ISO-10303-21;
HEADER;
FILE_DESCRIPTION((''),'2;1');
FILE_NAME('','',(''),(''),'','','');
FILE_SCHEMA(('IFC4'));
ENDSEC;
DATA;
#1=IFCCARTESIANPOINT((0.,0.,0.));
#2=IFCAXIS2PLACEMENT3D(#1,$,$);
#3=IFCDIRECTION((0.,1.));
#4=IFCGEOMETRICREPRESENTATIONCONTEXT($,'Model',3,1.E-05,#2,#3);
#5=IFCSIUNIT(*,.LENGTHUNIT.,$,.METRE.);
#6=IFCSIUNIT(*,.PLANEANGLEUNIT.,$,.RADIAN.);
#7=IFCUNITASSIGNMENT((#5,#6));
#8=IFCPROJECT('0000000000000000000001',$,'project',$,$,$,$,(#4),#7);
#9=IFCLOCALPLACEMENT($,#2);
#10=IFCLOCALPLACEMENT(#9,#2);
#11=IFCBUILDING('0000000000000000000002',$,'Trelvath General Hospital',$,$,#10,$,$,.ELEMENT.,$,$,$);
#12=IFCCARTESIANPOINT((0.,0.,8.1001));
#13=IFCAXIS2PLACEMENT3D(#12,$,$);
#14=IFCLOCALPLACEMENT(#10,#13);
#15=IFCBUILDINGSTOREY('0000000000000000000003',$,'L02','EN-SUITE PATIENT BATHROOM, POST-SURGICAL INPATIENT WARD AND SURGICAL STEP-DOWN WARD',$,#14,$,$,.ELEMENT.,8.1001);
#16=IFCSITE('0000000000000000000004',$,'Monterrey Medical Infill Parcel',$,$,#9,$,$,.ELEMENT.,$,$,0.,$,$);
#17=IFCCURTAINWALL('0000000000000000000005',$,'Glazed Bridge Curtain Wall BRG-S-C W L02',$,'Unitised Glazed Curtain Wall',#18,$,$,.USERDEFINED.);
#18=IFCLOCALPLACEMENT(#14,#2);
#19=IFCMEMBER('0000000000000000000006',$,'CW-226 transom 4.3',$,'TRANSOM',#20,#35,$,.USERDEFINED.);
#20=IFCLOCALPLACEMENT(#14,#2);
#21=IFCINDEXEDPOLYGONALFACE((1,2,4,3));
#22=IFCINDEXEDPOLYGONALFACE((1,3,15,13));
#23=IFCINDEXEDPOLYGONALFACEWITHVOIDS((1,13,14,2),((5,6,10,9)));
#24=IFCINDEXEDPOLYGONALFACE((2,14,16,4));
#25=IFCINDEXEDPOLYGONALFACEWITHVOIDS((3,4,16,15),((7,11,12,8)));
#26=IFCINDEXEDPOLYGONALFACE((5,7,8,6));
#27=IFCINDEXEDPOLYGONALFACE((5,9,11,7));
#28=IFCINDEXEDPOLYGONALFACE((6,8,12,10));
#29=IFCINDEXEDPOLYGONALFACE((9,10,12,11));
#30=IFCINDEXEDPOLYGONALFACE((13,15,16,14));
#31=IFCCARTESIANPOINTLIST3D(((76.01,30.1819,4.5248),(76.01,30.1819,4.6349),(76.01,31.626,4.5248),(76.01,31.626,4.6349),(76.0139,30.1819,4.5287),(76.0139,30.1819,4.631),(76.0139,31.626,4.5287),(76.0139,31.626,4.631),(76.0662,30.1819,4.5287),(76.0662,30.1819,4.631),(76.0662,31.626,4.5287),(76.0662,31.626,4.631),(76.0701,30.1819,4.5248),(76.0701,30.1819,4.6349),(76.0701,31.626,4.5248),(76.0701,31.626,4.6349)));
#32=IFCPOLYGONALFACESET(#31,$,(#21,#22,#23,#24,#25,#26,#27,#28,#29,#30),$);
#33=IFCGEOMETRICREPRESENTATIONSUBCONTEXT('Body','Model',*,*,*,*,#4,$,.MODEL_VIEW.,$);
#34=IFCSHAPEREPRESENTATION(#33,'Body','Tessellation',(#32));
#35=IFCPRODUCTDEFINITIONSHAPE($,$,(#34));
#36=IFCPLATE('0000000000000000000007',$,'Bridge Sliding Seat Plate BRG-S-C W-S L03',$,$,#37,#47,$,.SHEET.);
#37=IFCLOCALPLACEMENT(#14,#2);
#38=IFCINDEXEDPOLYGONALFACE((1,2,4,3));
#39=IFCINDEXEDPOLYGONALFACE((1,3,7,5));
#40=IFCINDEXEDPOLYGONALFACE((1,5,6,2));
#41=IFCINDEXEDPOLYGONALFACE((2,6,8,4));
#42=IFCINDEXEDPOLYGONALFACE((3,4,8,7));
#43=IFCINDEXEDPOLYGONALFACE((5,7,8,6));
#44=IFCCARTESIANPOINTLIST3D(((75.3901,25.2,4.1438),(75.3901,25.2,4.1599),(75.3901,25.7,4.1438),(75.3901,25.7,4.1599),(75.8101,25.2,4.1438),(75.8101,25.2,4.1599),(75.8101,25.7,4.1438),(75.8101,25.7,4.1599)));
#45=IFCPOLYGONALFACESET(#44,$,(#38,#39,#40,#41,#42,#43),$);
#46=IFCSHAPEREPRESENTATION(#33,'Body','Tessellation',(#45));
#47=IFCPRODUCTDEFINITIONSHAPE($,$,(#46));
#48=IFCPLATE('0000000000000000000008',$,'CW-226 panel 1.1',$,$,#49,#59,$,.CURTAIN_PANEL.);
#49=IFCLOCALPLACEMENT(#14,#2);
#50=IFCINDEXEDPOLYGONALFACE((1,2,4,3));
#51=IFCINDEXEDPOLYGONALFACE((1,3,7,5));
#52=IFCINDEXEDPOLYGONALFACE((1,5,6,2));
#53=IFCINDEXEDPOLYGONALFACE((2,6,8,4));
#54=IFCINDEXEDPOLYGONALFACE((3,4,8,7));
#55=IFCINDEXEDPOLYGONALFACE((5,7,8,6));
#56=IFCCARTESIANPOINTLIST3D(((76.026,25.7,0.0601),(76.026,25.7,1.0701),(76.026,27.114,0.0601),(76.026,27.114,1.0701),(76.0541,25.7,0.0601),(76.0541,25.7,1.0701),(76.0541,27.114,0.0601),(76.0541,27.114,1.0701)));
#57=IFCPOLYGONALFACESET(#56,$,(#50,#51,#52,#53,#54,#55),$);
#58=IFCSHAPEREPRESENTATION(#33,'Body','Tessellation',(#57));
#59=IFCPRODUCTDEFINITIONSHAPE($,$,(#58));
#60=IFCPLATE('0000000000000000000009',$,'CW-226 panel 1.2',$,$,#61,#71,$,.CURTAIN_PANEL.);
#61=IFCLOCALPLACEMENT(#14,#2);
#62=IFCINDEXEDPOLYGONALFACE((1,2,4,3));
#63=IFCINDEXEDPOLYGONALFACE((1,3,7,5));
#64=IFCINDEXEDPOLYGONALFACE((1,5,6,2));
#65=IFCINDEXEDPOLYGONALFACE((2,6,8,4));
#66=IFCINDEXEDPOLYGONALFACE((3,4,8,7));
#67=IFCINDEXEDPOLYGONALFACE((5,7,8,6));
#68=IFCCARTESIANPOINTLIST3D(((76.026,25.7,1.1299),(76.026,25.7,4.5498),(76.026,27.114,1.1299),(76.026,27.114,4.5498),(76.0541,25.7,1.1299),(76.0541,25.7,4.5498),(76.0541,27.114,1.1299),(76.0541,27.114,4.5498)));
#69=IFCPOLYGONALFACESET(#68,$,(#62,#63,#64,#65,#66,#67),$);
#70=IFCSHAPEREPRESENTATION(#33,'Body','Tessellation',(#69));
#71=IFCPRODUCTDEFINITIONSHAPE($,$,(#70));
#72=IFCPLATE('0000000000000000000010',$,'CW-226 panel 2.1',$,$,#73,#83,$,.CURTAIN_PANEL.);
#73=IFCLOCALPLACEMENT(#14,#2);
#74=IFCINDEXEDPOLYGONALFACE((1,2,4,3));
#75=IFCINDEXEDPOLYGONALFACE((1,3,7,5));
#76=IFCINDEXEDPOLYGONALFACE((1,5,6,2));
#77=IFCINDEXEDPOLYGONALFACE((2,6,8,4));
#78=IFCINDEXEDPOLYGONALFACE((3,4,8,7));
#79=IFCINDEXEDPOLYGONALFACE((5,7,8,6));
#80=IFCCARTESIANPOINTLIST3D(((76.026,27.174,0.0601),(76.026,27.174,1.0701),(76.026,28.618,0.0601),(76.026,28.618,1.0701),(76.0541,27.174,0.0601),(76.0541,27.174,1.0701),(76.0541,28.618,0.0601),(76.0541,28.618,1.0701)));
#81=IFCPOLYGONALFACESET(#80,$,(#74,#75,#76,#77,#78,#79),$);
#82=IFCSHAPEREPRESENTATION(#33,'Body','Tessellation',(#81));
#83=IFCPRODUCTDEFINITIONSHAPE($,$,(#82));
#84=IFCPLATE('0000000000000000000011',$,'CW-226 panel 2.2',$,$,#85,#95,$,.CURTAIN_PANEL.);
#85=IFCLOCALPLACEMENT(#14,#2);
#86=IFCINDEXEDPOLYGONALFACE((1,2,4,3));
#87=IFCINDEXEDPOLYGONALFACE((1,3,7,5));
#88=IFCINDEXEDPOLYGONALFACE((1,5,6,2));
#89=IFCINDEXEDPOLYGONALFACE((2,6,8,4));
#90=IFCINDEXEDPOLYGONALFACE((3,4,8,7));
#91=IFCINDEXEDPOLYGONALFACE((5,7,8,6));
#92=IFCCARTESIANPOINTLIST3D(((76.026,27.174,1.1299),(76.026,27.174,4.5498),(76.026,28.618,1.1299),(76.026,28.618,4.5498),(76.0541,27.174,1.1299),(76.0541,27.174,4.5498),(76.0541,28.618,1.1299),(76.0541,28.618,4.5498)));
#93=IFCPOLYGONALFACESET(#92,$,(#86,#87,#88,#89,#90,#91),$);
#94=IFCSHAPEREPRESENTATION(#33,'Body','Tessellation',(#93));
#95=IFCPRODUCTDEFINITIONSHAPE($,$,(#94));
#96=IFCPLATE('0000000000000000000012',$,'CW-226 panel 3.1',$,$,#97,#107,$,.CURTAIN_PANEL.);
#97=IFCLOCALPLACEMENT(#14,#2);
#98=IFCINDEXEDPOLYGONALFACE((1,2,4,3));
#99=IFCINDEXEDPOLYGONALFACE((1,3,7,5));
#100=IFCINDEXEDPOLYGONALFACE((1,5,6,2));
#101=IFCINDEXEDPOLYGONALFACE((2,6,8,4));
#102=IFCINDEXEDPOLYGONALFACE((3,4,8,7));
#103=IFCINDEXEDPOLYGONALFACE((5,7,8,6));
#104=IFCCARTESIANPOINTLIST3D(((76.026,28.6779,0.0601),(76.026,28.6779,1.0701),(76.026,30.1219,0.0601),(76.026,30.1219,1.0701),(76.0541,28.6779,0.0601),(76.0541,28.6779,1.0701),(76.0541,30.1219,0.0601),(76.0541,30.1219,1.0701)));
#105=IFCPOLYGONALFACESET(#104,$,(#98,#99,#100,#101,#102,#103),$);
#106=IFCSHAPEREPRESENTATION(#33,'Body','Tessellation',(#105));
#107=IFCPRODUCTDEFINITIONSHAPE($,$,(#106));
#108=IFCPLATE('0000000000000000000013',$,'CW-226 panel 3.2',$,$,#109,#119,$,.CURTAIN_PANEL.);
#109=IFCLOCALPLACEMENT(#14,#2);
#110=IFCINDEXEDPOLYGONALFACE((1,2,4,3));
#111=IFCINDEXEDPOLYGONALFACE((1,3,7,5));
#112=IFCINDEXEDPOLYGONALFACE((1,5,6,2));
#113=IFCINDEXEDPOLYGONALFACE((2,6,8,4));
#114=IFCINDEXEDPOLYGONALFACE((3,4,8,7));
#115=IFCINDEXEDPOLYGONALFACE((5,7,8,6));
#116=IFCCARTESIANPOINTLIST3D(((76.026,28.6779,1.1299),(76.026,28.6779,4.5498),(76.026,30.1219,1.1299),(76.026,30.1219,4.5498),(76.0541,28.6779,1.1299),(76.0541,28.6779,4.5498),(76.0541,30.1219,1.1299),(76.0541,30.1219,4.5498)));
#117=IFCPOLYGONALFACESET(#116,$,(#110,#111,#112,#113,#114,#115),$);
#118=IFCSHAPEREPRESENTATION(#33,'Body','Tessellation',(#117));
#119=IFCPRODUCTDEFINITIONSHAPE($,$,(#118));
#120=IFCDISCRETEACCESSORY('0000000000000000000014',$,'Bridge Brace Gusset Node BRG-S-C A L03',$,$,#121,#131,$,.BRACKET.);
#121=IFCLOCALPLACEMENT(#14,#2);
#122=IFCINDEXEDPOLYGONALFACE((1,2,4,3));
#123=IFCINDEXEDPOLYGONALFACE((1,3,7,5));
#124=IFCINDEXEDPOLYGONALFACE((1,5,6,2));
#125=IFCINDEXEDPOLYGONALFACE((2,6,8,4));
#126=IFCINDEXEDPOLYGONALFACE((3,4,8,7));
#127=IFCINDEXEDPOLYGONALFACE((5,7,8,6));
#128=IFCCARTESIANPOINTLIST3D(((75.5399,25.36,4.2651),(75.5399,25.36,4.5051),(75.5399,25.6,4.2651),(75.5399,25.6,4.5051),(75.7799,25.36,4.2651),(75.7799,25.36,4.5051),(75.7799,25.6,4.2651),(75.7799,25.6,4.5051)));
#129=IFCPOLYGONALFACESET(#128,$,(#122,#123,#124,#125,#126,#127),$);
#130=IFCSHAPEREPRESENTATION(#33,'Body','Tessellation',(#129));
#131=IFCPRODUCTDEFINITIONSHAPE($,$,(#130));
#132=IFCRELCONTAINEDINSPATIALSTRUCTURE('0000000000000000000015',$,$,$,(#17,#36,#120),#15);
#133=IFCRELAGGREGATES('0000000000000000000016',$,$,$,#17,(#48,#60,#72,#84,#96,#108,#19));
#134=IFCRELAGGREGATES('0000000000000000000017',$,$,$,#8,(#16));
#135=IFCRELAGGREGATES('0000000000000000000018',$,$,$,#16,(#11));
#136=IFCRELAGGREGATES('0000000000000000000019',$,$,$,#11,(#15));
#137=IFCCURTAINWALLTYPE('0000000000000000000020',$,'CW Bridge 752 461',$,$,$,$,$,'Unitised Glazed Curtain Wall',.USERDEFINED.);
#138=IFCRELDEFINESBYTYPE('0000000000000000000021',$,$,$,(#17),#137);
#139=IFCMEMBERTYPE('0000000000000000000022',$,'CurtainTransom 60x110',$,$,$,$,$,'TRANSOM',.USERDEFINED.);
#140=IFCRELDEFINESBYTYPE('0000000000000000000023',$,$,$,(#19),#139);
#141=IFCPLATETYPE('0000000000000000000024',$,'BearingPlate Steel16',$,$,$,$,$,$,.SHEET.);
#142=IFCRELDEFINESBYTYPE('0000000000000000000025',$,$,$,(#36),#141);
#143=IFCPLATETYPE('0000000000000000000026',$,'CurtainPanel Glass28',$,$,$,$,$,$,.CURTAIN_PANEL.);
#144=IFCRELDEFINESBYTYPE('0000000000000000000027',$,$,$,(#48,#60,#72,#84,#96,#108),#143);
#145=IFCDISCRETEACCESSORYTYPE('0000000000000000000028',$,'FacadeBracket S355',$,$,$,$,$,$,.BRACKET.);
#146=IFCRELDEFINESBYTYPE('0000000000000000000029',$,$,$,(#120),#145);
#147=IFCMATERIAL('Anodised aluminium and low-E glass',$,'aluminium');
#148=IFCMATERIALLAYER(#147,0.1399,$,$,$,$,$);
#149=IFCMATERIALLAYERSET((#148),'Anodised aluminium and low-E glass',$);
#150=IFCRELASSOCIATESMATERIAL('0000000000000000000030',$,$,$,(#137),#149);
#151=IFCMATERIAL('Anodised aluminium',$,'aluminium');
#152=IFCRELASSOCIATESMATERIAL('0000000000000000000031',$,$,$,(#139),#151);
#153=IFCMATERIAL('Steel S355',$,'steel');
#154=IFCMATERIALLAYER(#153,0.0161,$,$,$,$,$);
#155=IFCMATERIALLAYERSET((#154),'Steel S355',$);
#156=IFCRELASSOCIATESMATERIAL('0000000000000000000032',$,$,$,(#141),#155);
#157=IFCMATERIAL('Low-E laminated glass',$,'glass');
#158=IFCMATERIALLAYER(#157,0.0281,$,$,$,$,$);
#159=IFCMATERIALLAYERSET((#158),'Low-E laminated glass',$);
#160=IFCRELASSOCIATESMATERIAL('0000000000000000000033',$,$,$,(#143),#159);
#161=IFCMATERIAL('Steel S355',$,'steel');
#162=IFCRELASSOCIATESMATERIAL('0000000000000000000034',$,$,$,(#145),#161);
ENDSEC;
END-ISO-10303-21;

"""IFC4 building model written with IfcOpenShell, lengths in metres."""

from ifc_helpers import new_model, si_unit, direction, frame, origin, origin_2d, place, context, subcontext, project, spatial, rectangle, hollow_rectangle, extrude, material, layer, layer_set, material_profile, profile_set, type_object, element, aggregate, save


model = new_model("IFC4")

# Units and contexts
model_context = context("Model", 3, precision=1e-05, world=origin(), true_north=direction((0.0, 1.0)))
body_context = subcontext(model_context, "Body", "Model", "MODEL_VIEW")
ifc_project = project(units=[si_unit("LENGTHUNIT", "METRE"), si_unit("PLANEANGLEUNIT", "RADIAN")], contexts=[model_context])

# Site, building, storey
site_placement = place(None, origin())
site = spatial("IfcSite", under=ifc_project, at=site_placement, Name="Monterrey Medical Infill Parcel", CompositionType="ELEMENT", RefElevation=0.0)
building_placement = place(site_placement, origin())
building = spatial("IfcBuilding", under=site, at=building_placement, Name="Trelvath General Hospital", CompositionType="ELEMENT")
storey_placement = place(building_placement, frame((0.0, 0.0, 8.1001)))
storey = spatial("IfcBuildingStorey", under=building, at=storey_placement, Name="L02", Description="EN-SUITE PATIENT BATHROOM, POST-SURGICAL INPATIENT WARD AND SURGICAL STEP-DOWN WARD", CompositionType="ELEMENT", Elevation=8.1001)

# Curtain wall, member
ifc_material_1 = material(Name="Anodised aluminium and low-E glass", Category="aluminium")
ifc_layer_1 = layer(ifc_material_1, 0.1399)
ifc_layer_set_1 = layer_set([ifc_layer_1], Name="Anodised aluminium and low-E glass")
curtain_wall_type = type_object("IfcCurtainWallType", Name="CW Bridge 752 461", ElementType="Unitised Glazed Curtain Wall", PredefinedType="USERDEFINED", material=ifc_layer_set_1)
curtain_wall_placement = place(storey_placement, origin())
curtain_wall = element("IfcCurtainWall", 1, at=curtain_wall_placement, inside=storey, type_object=curtain_wall_type, Name="Glazed Bridge Curtain Wall BRG-S-C W L02", ObjectType="Unitised Glazed Curtain Wall", PredefinedType="USERDEFINED")
ifc_material_2 = material(Name="Anodised aluminium", Category="aluminium")
ifc_material_profile_1 = material_profile(ifc_material_2, hollow_rectangle(XDim=0.0601, YDim=0.1101, WallThickness=0.0039, at=origin_2d()), Name="RHS60x110x4")
ifc_profile_set_1 = profile_set([ifc_material_profile_1], Name="Anodised aluminium")
member_type_1 = type_object("IfcMemberType", Name="CurtainTransom 60x110", ElementType="TRANSOM", PredefinedType="USERDEFINED", material=ifc_profile_set_1)
member_1_placement = place(storey_placement, frame((76.04, 30.1819, 4.5798), z_axis=(0.0, 1.0, 0.0), x_axis=(-1.0, 0.0, 0.0)))
member_1 = element("IfcMember", 2, at=member_1_placement, type_object=member_type_1, Name="CW-226 transom 4.3", ObjectType="TRANSOM", PredefinedType="USERDEFINED", context=body_context, shape_type="SweptSolid", body=[
    extrude(hollow_rectangle(XDim=0.0601, YDim=0.1101, WallThickness=0.0039, at=origin_2d()), origin(), (0.0, 0.0, 1.0), 1.4441),
])

# Plates
ifc_material_3 = material(Name="Steel S355", Category="steel")
ifc_layer_2 = layer(ifc_material_3, 0.0161)
ifc_layer_set_2 = layer_set([ifc_layer_2], Name="Steel S355")
plate_type_1 = type_object("IfcPlateType", Name="BearingPlate Steel16", PredefinedType="SHEET", material=ifc_layer_set_2)
plate_1_placement = place(storey_placement, frame((75.6001, 25.45, 4.1438), z_axis=(0.0, 0.0, 1.0), x_axis=(1.0, 0.0, 0.0)))
element("IfcPlate", 3, at=plate_1_placement, inside=storey, type_object=plate_type_1, Name="Bridge Sliding Seat Plate BRG-S-C W-S L03", PredefinedType="SHEET", context=body_context, shape_type="SweptSolid", body=[
    extrude(rectangle(XDim=0.4199, YDim=0.5, at=origin_2d()), origin(), (0.0, 0.0, 1.0), 0.0161),
])
ifc_material_4 = material(Name="Low-E laminated glass", Category="glass")
ifc_layer_3 = layer(ifc_material_4, 0.0281)
ifc_layer_set_3 = layer_set([ifc_layer_3], Name="Low-E laminated glass")
plate_type_2 = type_object("IfcPlateType", Name="CurtainPanel Glass28", PredefinedType="CURTAIN_PANEL", material=ifc_layer_set_3)
plate_2_placement = place(storey_placement, frame((76.04, 26.407, 0.0601), z_axis=(0.0, 0.0, 1.0), x_axis=(0.0, 1.0, 0.0)))
plate_2 = element("IfcPlate", 4, at=plate_2_placement, type_object=plate_type_2, Name="CW-226 panel 1.1", PredefinedType="CURTAIN_PANEL", context=body_context, shape_type="SweptSolid", body=[
    extrude(rectangle(XDim=1.4141, YDim=0.0281, at=origin_2d()), origin(), (0.0, 0.0, 1.0), 1.01),
])
plate_3_placement = place(storey_placement, frame((76.04, 26.407, 1.1299), z_axis=(0.0, 0.0, 1.0), x_axis=(0.0, 1.0, 0.0)))
plate_3 = element("IfcPlate", 5, at=plate_3_placement, type_object=plate_type_2, Name="CW-226 panel 1.2", PredefinedType="CURTAIN_PANEL", context=body_context, shape_type="SweptSolid", body=[
    extrude(rectangle(XDim=1.4141, YDim=0.0281, at=origin_2d()), origin(), (0.0, 0.0, 1.0), 3.4199),
])
plate_4_placement = place(storey_placement, frame((76.04, 27.896, 0.0601), z_axis=(0.0, 0.0, 1.0), x_axis=(0.0, 1.0, 0.0)))
plate_4 = element("IfcPlate", 6, at=plate_4_placement, type_object=plate_type_2, Name="CW-226 panel 2.1", PredefinedType="CURTAIN_PANEL", context=body_context, shape_type="SweptSolid", body=[
    extrude(rectangle(XDim=1.4441, YDim=0.0281, at=origin_2d()), origin(), (0.0, 0.0, 1.0), 1.01),
])
plate_5_placement = place(storey_placement, frame((76.04, 27.896, 1.1299), z_axis=(0.0, 0.0, 1.0), x_axis=(0.0, 1.0, 0.0)))
plate_5 = element("IfcPlate", 7, at=plate_5_placement, type_object=plate_type_2, Name="CW-226 panel 2.2", PredefinedType="CURTAIN_PANEL", context=body_context, shape_type="SweptSolid", body=[
    extrude(rectangle(XDim=1.4441, YDim=0.0281, at=origin_2d()), origin(), (0.0, 0.0, 1.0), 3.4199),
])
plate_6_placement = place(storey_placement, frame((76.04, 29.3999, 0.0601), z_axis=(0.0, 0.0, 1.0), x_axis=(0.0, 1.0, 0.0)))
plate_6 = element("IfcPlate", 8, at=plate_6_placement, type_object=plate_type_2, Name="CW-226 panel 3.1", PredefinedType="CURTAIN_PANEL", context=body_context, shape_type="SweptSolid", body=[
    extrude(rectangle(XDim=1.4441, YDim=0.0281, at=origin_2d()), origin(), (0.0, 0.0, 1.0), 1.01),
])
plate_7_placement = place(storey_placement, frame((76.04, 29.3999, 1.1299), z_axis=(0.0, 0.0, 1.0), x_axis=(0.0, 1.0, 0.0)))
plate_7 = element("IfcPlate", 9, at=plate_7_placement, type_object=plate_type_2, Name="CW-226 panel 3.2", PredefinedType="CURTAIN_PANEL", context=body_context, shape_type="SweptSolid", body=[
    extrude(rectangle(XDim=1.4441, YDim=0.0281, at=origin_2d()), origin(), (0.0, 0.0, 1.0), 3.4199),
])
aggregate(curtain_wall, [plate_2, plate_3, plate_4, plate_5, plate_6, plate_7, member_1])

# Discrete accessory
ifc_material_5 = material(Name="Steel S355", Category="steel")
discrete_accessory_type = type_object("IfcDiscreteAccessoryType", Name="FacadeBracket S355", PredefinedType="BRACKET", material=ifc_material_5)
discrete_accessory_placement = place(storey_placement, frame((75.6599, 25.48, 4.2651), z_axis=(0.0, 0.0, 1.0), x_axis=(1.0, 0.0, 0.0)))
element("IfcDiscreteAccessory", 10, at=discrete_accessory_placement, inside=storey, type_object=discrete_accessory_type, Name="Bridge Brace Gusset Node BRG-S-C A L03", PredefinedType="BRACKET", context=body_context, shape_type="SweptSolid", body=[
    extrude(rectangle(XDim=0.24, YDim=0.24, at=origin_2d()), origin(), (0.0, 0.0, 1.0), 0.24),
])

save(model, "model.ifc")
